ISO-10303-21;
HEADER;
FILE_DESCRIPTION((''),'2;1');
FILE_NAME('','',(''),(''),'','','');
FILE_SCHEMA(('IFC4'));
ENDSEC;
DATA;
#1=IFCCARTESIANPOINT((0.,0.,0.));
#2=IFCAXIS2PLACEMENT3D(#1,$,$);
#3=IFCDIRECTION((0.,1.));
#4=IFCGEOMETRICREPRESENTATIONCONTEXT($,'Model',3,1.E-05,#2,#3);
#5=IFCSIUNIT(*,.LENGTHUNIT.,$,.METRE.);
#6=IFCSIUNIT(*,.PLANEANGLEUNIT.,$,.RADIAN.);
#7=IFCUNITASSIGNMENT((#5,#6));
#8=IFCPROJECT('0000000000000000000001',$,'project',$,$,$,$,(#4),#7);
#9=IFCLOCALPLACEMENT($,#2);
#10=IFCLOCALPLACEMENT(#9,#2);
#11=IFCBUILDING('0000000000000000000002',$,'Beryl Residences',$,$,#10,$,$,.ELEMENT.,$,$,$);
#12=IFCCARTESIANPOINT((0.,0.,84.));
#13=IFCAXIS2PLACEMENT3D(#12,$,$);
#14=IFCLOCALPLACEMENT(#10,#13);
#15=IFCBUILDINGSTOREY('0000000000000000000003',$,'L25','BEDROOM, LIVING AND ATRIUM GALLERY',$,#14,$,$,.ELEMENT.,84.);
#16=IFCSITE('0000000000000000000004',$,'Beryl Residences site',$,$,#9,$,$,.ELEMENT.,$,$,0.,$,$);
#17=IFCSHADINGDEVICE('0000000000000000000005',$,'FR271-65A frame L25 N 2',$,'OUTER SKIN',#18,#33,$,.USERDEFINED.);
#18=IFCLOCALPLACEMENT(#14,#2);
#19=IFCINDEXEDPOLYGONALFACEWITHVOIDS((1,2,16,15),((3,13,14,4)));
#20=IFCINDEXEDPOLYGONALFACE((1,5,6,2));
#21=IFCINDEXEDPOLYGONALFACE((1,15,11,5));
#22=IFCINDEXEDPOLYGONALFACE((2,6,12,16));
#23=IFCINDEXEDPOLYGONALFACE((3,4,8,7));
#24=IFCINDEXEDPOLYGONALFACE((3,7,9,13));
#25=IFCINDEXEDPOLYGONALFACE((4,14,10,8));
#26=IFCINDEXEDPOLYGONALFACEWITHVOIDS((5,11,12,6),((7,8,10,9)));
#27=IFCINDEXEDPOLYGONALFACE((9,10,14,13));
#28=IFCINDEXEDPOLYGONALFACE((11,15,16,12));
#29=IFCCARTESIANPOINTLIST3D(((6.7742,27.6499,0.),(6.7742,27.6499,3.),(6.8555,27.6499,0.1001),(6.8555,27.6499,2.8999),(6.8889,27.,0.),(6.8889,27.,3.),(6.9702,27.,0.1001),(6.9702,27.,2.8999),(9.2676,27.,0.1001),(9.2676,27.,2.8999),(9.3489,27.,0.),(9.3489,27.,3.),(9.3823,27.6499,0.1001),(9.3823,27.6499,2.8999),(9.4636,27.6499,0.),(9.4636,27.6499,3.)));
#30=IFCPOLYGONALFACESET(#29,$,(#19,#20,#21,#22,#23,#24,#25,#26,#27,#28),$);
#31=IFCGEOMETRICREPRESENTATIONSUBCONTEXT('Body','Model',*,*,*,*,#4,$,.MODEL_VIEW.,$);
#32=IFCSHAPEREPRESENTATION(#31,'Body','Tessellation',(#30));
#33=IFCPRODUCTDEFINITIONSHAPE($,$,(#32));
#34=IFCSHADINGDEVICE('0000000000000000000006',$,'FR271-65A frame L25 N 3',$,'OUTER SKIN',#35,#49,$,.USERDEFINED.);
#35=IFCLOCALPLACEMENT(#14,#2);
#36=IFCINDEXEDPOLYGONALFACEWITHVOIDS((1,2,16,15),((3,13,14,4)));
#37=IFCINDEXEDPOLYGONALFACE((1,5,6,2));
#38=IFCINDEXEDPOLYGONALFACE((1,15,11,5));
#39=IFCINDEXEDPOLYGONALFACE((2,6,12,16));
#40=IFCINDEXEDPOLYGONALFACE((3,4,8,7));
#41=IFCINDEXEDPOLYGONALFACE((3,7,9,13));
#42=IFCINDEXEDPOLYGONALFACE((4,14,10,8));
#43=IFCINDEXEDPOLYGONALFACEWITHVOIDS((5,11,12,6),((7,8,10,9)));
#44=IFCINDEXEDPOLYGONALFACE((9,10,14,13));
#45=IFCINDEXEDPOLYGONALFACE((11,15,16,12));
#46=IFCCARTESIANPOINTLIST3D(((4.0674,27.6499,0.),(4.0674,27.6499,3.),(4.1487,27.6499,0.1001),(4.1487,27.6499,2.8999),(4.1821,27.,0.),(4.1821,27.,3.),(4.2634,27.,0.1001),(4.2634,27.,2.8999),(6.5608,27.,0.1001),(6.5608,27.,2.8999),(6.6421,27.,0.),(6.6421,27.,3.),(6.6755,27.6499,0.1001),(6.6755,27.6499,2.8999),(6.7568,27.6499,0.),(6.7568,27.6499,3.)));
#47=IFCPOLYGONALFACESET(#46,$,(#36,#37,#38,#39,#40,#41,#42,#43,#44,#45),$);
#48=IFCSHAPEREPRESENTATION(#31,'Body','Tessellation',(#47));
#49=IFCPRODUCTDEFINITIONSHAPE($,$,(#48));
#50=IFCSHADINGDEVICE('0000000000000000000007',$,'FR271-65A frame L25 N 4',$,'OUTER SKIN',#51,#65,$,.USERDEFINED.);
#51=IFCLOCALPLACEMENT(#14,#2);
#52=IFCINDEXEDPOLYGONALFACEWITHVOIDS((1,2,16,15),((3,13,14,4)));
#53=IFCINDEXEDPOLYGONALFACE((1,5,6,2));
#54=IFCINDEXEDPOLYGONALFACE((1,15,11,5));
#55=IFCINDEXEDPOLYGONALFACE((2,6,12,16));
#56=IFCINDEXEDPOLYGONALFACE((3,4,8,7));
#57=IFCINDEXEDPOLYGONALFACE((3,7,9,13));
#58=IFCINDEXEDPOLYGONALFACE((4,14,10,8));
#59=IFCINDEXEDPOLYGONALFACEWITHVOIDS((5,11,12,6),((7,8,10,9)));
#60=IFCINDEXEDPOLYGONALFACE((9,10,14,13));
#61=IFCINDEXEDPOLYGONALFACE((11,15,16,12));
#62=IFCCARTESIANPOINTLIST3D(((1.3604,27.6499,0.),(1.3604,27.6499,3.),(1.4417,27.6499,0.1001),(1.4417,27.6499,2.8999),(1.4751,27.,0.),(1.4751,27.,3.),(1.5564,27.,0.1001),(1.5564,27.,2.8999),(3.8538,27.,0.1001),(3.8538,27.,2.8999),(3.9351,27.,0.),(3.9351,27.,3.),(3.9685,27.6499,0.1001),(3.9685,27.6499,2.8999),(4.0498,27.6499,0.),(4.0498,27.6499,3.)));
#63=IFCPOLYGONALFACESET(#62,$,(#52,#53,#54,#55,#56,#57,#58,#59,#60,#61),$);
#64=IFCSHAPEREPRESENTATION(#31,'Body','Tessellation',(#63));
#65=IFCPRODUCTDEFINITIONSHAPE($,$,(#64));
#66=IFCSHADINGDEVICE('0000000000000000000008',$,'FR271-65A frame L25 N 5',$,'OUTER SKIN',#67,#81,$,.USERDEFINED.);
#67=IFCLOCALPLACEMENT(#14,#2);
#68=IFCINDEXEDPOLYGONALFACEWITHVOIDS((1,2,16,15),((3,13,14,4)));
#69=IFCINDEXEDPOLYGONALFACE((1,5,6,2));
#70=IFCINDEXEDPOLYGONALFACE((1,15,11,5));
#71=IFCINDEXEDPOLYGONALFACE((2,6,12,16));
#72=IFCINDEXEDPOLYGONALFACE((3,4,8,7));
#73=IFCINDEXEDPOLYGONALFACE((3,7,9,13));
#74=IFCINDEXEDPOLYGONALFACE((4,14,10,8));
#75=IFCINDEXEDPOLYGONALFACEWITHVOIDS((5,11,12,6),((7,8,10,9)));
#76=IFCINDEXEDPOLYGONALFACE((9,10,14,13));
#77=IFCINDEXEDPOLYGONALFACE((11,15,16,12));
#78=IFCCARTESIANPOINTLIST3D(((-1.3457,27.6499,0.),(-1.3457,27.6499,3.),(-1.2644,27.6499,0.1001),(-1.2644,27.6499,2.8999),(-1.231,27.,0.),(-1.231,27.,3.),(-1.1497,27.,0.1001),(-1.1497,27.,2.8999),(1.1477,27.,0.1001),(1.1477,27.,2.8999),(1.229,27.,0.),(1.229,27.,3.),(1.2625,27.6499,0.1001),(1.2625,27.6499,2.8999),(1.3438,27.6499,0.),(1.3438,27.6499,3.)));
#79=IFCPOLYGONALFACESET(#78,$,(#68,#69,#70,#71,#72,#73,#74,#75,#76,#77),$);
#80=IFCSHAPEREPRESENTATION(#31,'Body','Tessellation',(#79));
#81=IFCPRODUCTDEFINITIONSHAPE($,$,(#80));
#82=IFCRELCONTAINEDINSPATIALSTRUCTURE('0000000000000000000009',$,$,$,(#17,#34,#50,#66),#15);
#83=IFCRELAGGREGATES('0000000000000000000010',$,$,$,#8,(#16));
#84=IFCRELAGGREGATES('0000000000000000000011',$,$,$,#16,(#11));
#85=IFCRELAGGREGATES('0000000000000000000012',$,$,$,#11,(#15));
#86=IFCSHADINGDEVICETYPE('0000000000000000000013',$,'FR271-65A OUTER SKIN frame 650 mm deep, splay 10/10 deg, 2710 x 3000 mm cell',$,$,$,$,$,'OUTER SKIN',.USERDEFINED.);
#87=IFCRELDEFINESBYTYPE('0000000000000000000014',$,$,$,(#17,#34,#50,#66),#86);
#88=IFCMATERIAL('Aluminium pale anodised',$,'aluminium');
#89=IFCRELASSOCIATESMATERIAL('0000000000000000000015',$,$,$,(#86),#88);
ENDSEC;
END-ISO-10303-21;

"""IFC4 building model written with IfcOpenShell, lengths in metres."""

from ifc_helpers import new_model, entity, si_unit, direction, frame, origin, place, context, subcontext, project, spatial, source, transform, mapped, material, type_object, type_shapes, element, save


model = new_model("IFC4")

# Units and contexts
model_context = context("Model", 3, precision=1e-05, world=origin(), true_north=direction((0.0, 1.0)))
body_context = subcontext(model_context, "Body", "Model", "MODEL_VIEW")
ifc_project = project(units=[si_unit("LENGTHUNIT", "METRE"), si_unit("PLANEANGLEUNIT", "RADIAN")], contexts=[model_context])

# Site, building, storey
site_placement = place(None, origin())
site = spatial("IfcSite", under=ifc_project, at=site_placement, Name="Beryl Residences site", CompositionType="ELEMENT", RefElevation=0.0)
building_placement = place(site_placement, origin())
building = spatial("IfcBuilding", under=site, at=building_placement, Name="Beryl Residences", CompositionType="ELEMENT")
storey_placement = place(building_placement, frame((0.0, 0.0, 84.0)))
storey = spatial("IfcBuildingStorey", under=building, at=storey_placement, Name="L25", Description="BEDROOM, LIVING AND ATRIUM GALLERY", CompositionType="ELEMENT", Elevation=84.0)

# Shading devices
ifc_material_1 = material(Name="Aluminium pale anodised", Category="aluminium")
shading_device_type = type_object("IfcShadingDeviceType", Name="FR271-65A OUTER SKIN frame 650 mm deep, splay 10/10 deg, 2710 x 3000 mm cell", ElementType="OUTER SKIN", PredefinedType="USERDEFINED", material=ifc_material_1)
cartesian_point_1 = entity("IfcCartesianPoint", [-1.23, 0.0])
cartesian_point_2 = entity("IfcCartesianPoint", [-1.1487, 0.1001])
cartesian_point_3 = entity("IfcCartesianPoint", [-1.3447, 0.0])
cartesian_point_4 = entity("IfcCartesianPoint", [-1.2634, 0.1001])
shared_shape = source(origin(), body_context, "Body", "SweptSolid", [
    entity("IfcExtrudedAreaSolidTapered", entity("IfcArbitraryProfileDefWithVoids", "AREA", None, entity("IfcPolyline", [cartesian_point_1, entity("IfcCartesianPoint", [1.23, 0.0]), entity("IfcCartesianPoint", [1.23, 3.0]), entity("IfcCartesianPoint", [-1.23, 3.0]), cartesian_point_1]), [entity("IfcPolyline", [cartesian_point_2, entity("IfcCartesianPoint", [1.1487, 0.1001]), entity("IfcCartesianPoint", [1.1487, 2.8999]), entity("IfcCartesianPoint", [-1.1487, 2.8999]), cartesian_point_2])]), entity("IfcAxis2Placement3D", entity("IfcCartesianPoint", [0.0, 0.0, 0.0]), entity("IfcDirection", [0.0, 1.0, 0.0]), entity("IfcDirection", [-1.0, 0.0, 0.0])), entity("IfcDirection", [0.0, 0.0, 1.0]), 0.6499, entity("IfcArbitraryProfileDefWithVoids", "AREA", None, entity("IfcPolyline", [cartesian_point_3, entity("IfcCartesianPoint", [1.3447, 0.0]), entity("IfcCartesianPoint", [1.3447, 3.0]), entity("IfcCartesianPoint", [-1.3447, 3.0]), cartesian_point_3]), [entity("IfcPolyline", [cartesian_point_4, entity("IfcCartesianPoint", [1.2634, 0.1001]), entity("IfcCartesianPoint", [1.2634, 2.8999]), entity("IfcCartesianPoint", [-1.2634, 2.8999]), cartesian_point_4])])),
])
type_shapes(shading_device_type, [shared_shape])
for number, where, z_axis, x_axis, name in (
    (1, (8.1189, 27.0, 0.0), (0.0, 0.0, 1.0), (1.0, 0.0, 0.0), "FR271-65A frame L25 N 2"),
    (2, (5.4121, 27.0, 0.0), (0.0, 0.0, 1.0), (1.0, 0.0, 0.0), "FR271-65A frame L25 N 3"),
    (3, (2.7051, 27.0, 0.0), (0.0, 0.0, 1.0), (1.0, 0.0, 0.0), "FR271-65A frame L25 N 4"),
    (4, (-0.001, 27.0, 0.0), (0.0, 0.0, 1.0), (1.0, 0.0, 0.0), "FR271-65A frame L25 N 5"),
):
    element("IfcShadingDevice", number, at=place(storey_placement, frame(where, z_axis=z_axis, x_axis=x_axis)), inside=storey, type_object=shading_device_type, Name=name, ObjectType="OUTER SKIN", PredefinedType="USERDEFINED", context=body_context, shape_type="MappedRepresentation", body=[
        mapped(shared_shape, transform((0.0, 0.0, 0.0))),
    ])

save(model, "model.ifc")
